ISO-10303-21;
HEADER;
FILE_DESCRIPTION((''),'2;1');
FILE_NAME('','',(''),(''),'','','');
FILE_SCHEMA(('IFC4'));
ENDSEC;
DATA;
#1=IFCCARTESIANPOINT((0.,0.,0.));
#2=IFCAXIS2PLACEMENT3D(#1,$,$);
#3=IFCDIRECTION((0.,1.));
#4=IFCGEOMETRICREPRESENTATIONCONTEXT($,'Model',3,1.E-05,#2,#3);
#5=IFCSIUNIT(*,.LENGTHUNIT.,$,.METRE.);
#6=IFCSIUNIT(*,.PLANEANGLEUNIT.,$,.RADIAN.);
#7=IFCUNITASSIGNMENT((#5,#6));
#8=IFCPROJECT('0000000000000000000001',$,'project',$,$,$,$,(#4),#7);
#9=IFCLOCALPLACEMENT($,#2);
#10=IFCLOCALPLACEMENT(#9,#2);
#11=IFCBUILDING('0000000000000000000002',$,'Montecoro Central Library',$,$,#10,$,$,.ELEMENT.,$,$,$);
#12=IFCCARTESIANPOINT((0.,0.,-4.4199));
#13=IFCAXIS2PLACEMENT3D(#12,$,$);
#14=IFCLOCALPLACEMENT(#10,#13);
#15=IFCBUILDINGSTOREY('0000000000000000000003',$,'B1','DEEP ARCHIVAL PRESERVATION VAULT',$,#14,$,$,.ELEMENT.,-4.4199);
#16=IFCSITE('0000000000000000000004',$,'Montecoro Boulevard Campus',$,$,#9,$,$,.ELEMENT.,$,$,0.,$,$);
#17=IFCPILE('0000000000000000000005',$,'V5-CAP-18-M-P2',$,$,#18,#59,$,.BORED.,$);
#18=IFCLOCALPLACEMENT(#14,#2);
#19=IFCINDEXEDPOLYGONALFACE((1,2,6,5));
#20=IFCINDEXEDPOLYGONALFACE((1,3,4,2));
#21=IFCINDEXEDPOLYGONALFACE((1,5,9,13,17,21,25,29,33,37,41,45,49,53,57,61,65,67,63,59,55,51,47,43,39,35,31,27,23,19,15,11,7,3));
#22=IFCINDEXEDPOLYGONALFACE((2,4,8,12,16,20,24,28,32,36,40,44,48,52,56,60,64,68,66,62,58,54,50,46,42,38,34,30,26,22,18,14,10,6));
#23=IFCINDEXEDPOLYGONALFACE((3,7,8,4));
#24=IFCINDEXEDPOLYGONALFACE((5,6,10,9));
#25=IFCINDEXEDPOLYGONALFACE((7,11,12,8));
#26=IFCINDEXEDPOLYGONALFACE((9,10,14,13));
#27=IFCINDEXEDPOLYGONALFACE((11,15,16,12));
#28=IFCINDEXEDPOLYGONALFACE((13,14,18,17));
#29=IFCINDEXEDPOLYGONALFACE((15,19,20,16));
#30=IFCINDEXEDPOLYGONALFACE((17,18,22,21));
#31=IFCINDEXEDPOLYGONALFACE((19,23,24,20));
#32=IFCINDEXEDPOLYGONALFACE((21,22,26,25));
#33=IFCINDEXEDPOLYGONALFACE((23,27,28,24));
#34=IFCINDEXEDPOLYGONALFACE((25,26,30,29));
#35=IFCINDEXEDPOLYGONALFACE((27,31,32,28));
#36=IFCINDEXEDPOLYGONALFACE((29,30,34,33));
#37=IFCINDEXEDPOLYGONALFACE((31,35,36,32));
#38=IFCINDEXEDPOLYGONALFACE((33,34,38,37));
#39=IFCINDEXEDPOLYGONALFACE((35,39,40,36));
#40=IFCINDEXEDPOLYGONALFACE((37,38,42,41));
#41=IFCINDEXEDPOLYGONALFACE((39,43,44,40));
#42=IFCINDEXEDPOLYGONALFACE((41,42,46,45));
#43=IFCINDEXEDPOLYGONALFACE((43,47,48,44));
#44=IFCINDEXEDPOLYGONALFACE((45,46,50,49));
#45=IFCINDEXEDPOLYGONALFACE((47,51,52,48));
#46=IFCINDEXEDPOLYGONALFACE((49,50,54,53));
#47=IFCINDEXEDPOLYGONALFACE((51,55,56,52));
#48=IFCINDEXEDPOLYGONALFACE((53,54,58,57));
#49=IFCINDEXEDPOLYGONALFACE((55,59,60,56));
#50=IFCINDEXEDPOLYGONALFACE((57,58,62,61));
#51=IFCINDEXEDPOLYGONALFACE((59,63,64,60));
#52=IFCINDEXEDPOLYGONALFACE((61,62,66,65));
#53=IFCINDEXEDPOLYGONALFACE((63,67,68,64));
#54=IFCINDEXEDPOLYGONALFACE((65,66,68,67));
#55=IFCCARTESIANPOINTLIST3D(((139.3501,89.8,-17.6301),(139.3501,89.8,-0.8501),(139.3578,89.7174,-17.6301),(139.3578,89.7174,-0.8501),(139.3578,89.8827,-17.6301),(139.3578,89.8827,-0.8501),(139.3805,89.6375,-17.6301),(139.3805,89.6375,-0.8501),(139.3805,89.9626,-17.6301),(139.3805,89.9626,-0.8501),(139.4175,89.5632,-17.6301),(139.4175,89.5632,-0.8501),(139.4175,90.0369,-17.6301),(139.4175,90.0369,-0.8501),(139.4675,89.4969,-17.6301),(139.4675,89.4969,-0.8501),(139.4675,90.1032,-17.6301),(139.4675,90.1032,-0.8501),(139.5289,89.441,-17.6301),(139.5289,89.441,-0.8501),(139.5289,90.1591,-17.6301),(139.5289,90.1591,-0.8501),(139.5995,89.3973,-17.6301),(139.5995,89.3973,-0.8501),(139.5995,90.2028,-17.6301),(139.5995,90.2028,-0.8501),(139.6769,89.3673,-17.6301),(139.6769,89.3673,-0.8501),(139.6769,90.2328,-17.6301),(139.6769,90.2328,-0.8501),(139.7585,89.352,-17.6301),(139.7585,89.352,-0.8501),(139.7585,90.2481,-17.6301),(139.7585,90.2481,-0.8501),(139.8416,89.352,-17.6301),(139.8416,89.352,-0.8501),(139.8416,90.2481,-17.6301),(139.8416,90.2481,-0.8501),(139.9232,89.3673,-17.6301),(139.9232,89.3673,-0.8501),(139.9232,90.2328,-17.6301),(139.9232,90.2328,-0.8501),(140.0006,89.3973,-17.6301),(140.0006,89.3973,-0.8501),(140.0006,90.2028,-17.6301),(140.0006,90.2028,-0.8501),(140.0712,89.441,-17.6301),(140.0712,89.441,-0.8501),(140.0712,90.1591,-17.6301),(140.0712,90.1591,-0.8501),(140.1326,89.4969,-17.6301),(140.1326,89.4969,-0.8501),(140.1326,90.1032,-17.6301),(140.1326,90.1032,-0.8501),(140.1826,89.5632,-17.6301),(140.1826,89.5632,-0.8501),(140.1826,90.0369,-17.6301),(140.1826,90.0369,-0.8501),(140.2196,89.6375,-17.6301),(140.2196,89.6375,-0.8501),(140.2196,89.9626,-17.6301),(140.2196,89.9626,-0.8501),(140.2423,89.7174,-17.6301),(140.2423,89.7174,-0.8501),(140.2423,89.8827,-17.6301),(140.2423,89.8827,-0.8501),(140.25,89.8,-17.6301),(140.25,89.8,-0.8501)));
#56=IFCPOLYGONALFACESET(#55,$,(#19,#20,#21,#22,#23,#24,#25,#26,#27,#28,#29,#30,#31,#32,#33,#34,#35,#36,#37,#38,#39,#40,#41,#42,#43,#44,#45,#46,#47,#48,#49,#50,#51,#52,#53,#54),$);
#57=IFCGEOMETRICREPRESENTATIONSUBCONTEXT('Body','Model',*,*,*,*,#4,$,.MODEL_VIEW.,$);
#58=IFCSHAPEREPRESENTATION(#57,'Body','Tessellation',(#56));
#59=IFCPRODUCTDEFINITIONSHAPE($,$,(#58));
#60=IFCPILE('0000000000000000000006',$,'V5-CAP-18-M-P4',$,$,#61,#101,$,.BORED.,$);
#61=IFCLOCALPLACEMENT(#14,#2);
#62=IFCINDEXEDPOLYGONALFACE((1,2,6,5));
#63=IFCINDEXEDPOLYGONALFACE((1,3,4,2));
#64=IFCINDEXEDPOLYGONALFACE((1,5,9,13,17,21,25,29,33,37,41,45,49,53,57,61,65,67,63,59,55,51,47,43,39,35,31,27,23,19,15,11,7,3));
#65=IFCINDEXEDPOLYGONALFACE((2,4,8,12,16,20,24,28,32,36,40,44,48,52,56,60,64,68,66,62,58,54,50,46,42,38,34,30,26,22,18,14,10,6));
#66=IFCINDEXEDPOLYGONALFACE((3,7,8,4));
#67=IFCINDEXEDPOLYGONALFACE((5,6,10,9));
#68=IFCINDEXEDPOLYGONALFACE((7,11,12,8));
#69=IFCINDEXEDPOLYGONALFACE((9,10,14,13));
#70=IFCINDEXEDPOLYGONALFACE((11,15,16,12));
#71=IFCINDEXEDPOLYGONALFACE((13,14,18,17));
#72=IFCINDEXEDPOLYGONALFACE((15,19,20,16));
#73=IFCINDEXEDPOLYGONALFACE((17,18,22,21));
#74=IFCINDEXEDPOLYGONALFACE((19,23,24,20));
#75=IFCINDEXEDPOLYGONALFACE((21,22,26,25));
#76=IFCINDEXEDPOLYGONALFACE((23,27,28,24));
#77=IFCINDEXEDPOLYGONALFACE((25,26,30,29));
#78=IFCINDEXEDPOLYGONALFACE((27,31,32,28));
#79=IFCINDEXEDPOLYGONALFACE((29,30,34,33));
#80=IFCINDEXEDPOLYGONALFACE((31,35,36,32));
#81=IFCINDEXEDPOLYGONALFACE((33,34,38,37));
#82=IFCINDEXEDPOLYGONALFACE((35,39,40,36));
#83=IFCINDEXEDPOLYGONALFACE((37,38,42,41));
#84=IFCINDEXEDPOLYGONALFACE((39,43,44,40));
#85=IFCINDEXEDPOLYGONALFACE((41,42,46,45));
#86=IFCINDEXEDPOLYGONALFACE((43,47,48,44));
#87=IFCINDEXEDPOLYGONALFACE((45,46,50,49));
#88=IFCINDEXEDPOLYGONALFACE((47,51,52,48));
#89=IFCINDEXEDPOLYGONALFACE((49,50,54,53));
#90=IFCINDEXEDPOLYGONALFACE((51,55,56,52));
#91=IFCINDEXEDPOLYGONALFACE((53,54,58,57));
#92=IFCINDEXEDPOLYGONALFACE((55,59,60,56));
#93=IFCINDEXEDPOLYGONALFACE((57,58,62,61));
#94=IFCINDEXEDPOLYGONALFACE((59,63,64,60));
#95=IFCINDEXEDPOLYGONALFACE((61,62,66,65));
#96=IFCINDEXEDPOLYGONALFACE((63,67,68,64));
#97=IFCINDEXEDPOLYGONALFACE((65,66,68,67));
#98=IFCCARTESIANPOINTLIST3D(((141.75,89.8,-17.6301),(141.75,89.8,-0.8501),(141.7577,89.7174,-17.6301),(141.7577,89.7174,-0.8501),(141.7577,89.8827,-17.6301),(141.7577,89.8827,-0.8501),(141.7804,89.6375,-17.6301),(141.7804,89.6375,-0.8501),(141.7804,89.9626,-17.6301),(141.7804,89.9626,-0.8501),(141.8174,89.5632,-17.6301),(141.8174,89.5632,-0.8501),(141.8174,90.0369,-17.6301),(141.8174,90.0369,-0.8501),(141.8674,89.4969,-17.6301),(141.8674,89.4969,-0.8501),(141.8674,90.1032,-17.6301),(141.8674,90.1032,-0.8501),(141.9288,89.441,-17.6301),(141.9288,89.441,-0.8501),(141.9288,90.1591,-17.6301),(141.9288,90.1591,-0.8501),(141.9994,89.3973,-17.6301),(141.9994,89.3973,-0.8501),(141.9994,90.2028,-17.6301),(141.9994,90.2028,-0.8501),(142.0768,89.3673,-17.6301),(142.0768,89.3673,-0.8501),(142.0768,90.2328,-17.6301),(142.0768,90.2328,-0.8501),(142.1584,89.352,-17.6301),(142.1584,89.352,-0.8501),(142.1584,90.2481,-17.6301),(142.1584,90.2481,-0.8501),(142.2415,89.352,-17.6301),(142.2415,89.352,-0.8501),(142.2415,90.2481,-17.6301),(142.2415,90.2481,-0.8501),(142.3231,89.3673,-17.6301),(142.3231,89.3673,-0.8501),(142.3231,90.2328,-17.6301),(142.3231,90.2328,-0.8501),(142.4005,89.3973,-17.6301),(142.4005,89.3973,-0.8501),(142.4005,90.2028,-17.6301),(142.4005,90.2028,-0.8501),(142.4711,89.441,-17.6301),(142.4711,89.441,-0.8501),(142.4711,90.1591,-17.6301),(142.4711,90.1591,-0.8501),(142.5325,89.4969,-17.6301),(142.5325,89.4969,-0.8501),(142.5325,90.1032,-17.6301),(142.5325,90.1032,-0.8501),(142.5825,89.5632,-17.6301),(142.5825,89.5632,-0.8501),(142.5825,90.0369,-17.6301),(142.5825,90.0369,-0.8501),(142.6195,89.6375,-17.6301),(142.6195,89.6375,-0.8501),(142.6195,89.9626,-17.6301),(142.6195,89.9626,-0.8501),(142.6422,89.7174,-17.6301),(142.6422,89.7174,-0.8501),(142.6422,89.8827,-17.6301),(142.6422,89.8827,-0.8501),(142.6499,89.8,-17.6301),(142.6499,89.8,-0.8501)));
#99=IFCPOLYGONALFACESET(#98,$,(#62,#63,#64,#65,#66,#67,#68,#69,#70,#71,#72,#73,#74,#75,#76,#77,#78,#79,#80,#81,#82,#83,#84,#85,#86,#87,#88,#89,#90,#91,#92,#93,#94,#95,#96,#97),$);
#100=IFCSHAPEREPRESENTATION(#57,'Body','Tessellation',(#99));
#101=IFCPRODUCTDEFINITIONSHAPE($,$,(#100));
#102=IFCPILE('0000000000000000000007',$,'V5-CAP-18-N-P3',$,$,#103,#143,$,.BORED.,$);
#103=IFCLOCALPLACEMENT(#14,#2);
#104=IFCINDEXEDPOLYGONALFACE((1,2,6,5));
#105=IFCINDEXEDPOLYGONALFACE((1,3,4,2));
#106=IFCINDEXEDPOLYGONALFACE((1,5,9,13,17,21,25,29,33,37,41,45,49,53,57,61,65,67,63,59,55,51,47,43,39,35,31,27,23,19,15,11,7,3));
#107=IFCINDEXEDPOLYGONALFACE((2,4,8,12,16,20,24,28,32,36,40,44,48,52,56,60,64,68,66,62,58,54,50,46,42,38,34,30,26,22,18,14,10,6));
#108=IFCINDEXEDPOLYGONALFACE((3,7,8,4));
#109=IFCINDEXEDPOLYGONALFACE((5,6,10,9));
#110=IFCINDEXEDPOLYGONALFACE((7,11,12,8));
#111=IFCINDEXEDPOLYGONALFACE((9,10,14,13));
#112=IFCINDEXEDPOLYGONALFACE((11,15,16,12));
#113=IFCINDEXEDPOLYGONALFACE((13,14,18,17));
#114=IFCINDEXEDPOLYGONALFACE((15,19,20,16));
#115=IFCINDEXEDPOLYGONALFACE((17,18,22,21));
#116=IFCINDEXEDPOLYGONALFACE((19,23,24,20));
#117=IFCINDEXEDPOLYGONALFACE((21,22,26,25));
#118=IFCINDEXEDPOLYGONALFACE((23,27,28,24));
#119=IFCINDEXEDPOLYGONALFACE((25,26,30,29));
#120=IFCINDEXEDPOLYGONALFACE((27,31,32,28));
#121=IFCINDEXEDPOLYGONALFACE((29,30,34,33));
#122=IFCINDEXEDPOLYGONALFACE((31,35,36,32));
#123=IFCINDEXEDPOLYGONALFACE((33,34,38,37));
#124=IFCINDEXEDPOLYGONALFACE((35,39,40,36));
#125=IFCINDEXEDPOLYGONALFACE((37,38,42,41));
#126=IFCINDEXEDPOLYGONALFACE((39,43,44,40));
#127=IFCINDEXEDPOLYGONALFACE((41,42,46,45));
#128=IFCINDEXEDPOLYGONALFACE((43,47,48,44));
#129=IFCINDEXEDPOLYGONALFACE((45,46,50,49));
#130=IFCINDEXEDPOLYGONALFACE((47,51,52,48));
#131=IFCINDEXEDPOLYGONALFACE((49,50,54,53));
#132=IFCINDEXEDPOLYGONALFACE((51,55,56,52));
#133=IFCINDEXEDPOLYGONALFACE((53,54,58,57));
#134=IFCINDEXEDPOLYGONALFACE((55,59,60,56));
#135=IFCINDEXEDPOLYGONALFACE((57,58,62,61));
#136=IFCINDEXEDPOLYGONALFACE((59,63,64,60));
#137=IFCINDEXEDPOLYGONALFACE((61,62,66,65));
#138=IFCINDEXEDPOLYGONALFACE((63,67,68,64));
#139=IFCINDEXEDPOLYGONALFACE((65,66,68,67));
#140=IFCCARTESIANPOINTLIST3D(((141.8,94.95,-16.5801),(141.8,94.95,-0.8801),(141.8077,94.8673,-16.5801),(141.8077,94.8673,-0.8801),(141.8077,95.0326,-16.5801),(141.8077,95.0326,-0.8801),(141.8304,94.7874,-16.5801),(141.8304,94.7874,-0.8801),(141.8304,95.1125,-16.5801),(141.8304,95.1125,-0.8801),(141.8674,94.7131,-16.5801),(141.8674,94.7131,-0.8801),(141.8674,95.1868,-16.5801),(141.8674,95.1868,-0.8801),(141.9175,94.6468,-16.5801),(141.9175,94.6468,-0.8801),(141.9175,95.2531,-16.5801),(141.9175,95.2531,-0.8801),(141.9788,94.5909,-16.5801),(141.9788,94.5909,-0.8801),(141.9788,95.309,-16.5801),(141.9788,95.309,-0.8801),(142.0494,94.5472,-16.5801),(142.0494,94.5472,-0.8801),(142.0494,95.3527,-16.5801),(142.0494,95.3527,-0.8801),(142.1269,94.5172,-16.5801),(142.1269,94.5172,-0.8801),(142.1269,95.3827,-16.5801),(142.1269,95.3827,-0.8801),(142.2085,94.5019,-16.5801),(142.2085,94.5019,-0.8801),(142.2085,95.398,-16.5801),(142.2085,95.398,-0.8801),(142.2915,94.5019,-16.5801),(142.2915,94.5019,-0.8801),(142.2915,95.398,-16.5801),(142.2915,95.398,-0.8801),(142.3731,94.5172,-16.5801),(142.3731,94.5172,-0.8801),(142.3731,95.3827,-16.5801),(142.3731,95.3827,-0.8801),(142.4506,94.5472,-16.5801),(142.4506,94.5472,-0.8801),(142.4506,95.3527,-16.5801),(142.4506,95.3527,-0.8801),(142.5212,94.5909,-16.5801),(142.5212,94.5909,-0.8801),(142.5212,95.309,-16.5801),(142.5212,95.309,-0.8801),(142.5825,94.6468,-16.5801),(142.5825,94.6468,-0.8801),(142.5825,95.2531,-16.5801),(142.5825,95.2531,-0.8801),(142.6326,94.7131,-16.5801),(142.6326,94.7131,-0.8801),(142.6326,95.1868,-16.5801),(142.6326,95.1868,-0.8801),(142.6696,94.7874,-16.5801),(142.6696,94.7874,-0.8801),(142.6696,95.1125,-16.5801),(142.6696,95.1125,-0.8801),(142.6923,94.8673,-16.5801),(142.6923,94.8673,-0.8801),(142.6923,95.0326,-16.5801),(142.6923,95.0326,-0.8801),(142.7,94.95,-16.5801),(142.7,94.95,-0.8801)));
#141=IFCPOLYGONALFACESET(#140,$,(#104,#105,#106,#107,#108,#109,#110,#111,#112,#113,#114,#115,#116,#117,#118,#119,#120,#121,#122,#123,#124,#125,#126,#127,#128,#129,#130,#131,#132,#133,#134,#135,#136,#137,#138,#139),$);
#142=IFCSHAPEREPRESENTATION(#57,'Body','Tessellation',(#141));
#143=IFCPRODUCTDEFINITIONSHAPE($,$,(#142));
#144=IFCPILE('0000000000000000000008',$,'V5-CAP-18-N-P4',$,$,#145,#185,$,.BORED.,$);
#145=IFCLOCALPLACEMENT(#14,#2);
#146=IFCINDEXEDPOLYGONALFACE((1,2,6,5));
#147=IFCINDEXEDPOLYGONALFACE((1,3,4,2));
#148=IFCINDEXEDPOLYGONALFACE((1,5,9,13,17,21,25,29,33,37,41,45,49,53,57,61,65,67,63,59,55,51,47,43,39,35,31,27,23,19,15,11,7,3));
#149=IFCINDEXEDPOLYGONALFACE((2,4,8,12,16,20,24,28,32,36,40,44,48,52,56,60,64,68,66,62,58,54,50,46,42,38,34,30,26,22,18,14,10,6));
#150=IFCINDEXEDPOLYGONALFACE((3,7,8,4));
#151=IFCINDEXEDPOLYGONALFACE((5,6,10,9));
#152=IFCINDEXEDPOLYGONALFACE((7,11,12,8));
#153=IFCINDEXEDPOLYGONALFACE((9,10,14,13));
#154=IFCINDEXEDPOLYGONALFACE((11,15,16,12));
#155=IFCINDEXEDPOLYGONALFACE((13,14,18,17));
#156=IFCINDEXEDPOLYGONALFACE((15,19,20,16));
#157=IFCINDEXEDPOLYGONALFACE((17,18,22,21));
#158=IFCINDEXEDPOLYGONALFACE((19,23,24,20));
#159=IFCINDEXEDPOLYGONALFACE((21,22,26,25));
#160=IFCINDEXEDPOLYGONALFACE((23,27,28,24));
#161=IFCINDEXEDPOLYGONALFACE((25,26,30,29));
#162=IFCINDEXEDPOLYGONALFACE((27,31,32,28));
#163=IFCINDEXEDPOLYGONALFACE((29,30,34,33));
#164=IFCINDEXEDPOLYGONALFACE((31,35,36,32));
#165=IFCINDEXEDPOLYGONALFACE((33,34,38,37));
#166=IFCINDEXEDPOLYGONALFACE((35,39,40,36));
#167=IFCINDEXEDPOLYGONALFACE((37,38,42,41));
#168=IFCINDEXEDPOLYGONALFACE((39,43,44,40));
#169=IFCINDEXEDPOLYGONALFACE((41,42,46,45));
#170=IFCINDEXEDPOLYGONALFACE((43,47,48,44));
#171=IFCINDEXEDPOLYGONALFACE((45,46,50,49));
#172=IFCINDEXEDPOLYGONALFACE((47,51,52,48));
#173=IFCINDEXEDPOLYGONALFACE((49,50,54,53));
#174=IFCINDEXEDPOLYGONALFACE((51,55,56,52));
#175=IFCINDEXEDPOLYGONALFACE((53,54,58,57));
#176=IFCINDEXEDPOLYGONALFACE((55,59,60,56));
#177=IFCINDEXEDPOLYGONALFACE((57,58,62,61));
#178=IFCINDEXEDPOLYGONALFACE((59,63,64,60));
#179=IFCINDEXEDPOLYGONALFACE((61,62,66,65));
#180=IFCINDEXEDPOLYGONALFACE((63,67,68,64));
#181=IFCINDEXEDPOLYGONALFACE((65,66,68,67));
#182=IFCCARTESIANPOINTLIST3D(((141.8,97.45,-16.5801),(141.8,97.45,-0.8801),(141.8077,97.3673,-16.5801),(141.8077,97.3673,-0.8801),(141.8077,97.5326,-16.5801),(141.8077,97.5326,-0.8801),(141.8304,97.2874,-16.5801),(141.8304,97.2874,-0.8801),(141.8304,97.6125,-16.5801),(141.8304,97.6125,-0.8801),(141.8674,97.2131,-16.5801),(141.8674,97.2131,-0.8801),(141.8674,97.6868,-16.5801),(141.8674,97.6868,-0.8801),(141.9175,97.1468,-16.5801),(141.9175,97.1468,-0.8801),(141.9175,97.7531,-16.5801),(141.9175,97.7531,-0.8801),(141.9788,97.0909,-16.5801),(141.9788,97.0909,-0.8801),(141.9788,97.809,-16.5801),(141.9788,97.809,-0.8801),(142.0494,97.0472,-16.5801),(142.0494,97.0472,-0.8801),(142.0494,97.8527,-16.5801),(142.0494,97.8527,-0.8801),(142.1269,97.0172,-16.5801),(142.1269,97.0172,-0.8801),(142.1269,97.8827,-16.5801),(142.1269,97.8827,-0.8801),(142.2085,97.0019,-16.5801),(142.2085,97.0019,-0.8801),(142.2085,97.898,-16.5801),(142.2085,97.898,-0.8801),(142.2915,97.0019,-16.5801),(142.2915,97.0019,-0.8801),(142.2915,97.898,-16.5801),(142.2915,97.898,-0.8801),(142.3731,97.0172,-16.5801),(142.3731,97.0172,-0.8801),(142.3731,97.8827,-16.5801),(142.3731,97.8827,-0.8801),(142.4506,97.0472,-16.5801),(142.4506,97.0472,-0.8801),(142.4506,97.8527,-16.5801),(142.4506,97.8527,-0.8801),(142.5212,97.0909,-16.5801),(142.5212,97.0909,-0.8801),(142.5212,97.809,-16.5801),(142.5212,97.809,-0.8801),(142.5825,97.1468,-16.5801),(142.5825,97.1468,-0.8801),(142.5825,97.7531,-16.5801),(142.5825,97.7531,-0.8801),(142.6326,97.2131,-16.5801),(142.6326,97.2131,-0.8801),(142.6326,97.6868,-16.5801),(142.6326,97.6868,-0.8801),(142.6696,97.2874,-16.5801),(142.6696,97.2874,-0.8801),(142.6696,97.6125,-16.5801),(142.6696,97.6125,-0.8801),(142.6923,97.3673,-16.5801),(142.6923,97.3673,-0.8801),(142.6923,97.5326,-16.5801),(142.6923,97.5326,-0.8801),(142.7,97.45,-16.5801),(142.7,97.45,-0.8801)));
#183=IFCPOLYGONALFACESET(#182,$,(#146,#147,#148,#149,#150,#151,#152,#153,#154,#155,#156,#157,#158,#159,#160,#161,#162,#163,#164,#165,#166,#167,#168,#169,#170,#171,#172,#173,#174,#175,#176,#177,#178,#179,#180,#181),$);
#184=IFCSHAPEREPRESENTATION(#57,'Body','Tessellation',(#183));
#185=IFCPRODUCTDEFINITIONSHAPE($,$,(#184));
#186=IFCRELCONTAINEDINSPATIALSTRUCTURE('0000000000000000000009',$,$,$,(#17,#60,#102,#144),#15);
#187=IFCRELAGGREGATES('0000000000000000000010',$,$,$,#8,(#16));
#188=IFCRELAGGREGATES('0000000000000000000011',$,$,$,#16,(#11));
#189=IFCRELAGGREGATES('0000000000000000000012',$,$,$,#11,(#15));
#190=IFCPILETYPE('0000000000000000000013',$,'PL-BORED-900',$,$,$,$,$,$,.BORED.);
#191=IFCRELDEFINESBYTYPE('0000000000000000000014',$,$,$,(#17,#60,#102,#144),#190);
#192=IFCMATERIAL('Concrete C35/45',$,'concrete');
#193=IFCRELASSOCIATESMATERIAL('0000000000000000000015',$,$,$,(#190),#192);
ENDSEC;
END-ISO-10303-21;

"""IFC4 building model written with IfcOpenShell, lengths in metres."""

from ifc_helpers import new_model, si_unit, direction, frame, origin, origin_2d, place, context, subcontext, project, spatial, circle, extrude, material, material_profile, profile_set, type_object, element, save


model = new_model("IFC4")

# Units and contexts
model_context = context("Model", 3, precision=1e-05, world=origin(), true_north=direction((0.0, 1.0)))
body_context = subcontext(model_context, "Body", "Model", "MODEL_VIEW")
ifc_project = project(units=[si_unit("LENGTHUNIT", "METRE"), si_unit("PLANEANGLEUNIT", "RADIAN")], contexts=[model_context])

# Site, building, storey
site_placement = place(None, origin())
site = spatial("IfcSite", under=ifc_project, at=site_placement, Name="Montecoro Boulevard Campus", CompositionType="ELEMENT", RefElevation=0.0)
building_placement = place(site_placement, origin())
building = spatial("IfcBuilding", under=site, at=building_placement, Name="Montecoro Central Library", CompositionType="ELEMENT")
storey_placement = place(building_placement, frame((0.0, 0.0, -4.4199)))
storey = spatial("IfcBuildingStorey", under=building, at=storey_placement, Name="B1", Description="DEEP ARCHIVAL PRESERVATION VAULT", CompositionType="ELEMENT", Elevation=-4.4199)

# Shared definitions
ifc_material_1 = material(Name="Concrete C35/45", Category="concrete")

# Piles
ifc_material_profile_1 = material_profile(ifc_material_1, circle(Radius=0.45, at=origin_2d()), Name="PILE D900")
ifc_profile_set_1 = profile_set([ifc_material_profile_1], Name="Concrete C35/45")
pile_type_1 = type_object("IfcPileType", Name="PL-BORED-900", PredefinedType="BORED", material=ifc_profile_set_1)
for number, where, z_axis, x_axis, name in (
    (1, (139.8, 89.8, -0.8501), (0.0, 0.0, -1.0), (1.0, 0.0, 0.0), "V5-CAP-18-M-P2"),
    (2, (142.2, 89.8, -0.8501), (0.0, 0.0, -1.0), (1.0, 0.0, 0.0), "V5-CAP-18-M-P4"),
):
    element("IfcPile", number, at=place(storey_placement, frame(where, z_axis=z_axis, x_axis=x_axis)), inside=storey, type_object=pile_type_1, Name=name, PredefinedType="BORED", context=body_context, shape_type="SweptSolid", body=[
        extrude(circle(Radius=0.45, at=origin_2d()), origin(), (0.0, 0.0, 1.0), 16.78),
    ])
for number, where, z_axis, x_axis, name in (
    (3, (142.25, 94.95, -0.8801), (0.0, 0.0, -1.0), (1.0, 0.0, 0.0), "V5-CAP-18-N-P3"),
    (4, (142.25, 97.45, -0.8801), (0.0, 0.0, -1.0), (1.0, 0.0, 0.0), "V5-CAP-18-N-P4"),
):
    element("IfcPile", number, at=place(storey_placement, frame(where, z_axis=z_axis, x_axis=x_axis)), inside=storey, type_object=pile_type_1, Name=name, PredefinedType="BORED", context=body_context, shape_type="SweptSolid", body=[
        extrude(circle(Radius=0.45, at=origin_2d()), origin(), (0.0, 0.0, 1.0), 15.7),
    ])

save(model, "model.ifc")
